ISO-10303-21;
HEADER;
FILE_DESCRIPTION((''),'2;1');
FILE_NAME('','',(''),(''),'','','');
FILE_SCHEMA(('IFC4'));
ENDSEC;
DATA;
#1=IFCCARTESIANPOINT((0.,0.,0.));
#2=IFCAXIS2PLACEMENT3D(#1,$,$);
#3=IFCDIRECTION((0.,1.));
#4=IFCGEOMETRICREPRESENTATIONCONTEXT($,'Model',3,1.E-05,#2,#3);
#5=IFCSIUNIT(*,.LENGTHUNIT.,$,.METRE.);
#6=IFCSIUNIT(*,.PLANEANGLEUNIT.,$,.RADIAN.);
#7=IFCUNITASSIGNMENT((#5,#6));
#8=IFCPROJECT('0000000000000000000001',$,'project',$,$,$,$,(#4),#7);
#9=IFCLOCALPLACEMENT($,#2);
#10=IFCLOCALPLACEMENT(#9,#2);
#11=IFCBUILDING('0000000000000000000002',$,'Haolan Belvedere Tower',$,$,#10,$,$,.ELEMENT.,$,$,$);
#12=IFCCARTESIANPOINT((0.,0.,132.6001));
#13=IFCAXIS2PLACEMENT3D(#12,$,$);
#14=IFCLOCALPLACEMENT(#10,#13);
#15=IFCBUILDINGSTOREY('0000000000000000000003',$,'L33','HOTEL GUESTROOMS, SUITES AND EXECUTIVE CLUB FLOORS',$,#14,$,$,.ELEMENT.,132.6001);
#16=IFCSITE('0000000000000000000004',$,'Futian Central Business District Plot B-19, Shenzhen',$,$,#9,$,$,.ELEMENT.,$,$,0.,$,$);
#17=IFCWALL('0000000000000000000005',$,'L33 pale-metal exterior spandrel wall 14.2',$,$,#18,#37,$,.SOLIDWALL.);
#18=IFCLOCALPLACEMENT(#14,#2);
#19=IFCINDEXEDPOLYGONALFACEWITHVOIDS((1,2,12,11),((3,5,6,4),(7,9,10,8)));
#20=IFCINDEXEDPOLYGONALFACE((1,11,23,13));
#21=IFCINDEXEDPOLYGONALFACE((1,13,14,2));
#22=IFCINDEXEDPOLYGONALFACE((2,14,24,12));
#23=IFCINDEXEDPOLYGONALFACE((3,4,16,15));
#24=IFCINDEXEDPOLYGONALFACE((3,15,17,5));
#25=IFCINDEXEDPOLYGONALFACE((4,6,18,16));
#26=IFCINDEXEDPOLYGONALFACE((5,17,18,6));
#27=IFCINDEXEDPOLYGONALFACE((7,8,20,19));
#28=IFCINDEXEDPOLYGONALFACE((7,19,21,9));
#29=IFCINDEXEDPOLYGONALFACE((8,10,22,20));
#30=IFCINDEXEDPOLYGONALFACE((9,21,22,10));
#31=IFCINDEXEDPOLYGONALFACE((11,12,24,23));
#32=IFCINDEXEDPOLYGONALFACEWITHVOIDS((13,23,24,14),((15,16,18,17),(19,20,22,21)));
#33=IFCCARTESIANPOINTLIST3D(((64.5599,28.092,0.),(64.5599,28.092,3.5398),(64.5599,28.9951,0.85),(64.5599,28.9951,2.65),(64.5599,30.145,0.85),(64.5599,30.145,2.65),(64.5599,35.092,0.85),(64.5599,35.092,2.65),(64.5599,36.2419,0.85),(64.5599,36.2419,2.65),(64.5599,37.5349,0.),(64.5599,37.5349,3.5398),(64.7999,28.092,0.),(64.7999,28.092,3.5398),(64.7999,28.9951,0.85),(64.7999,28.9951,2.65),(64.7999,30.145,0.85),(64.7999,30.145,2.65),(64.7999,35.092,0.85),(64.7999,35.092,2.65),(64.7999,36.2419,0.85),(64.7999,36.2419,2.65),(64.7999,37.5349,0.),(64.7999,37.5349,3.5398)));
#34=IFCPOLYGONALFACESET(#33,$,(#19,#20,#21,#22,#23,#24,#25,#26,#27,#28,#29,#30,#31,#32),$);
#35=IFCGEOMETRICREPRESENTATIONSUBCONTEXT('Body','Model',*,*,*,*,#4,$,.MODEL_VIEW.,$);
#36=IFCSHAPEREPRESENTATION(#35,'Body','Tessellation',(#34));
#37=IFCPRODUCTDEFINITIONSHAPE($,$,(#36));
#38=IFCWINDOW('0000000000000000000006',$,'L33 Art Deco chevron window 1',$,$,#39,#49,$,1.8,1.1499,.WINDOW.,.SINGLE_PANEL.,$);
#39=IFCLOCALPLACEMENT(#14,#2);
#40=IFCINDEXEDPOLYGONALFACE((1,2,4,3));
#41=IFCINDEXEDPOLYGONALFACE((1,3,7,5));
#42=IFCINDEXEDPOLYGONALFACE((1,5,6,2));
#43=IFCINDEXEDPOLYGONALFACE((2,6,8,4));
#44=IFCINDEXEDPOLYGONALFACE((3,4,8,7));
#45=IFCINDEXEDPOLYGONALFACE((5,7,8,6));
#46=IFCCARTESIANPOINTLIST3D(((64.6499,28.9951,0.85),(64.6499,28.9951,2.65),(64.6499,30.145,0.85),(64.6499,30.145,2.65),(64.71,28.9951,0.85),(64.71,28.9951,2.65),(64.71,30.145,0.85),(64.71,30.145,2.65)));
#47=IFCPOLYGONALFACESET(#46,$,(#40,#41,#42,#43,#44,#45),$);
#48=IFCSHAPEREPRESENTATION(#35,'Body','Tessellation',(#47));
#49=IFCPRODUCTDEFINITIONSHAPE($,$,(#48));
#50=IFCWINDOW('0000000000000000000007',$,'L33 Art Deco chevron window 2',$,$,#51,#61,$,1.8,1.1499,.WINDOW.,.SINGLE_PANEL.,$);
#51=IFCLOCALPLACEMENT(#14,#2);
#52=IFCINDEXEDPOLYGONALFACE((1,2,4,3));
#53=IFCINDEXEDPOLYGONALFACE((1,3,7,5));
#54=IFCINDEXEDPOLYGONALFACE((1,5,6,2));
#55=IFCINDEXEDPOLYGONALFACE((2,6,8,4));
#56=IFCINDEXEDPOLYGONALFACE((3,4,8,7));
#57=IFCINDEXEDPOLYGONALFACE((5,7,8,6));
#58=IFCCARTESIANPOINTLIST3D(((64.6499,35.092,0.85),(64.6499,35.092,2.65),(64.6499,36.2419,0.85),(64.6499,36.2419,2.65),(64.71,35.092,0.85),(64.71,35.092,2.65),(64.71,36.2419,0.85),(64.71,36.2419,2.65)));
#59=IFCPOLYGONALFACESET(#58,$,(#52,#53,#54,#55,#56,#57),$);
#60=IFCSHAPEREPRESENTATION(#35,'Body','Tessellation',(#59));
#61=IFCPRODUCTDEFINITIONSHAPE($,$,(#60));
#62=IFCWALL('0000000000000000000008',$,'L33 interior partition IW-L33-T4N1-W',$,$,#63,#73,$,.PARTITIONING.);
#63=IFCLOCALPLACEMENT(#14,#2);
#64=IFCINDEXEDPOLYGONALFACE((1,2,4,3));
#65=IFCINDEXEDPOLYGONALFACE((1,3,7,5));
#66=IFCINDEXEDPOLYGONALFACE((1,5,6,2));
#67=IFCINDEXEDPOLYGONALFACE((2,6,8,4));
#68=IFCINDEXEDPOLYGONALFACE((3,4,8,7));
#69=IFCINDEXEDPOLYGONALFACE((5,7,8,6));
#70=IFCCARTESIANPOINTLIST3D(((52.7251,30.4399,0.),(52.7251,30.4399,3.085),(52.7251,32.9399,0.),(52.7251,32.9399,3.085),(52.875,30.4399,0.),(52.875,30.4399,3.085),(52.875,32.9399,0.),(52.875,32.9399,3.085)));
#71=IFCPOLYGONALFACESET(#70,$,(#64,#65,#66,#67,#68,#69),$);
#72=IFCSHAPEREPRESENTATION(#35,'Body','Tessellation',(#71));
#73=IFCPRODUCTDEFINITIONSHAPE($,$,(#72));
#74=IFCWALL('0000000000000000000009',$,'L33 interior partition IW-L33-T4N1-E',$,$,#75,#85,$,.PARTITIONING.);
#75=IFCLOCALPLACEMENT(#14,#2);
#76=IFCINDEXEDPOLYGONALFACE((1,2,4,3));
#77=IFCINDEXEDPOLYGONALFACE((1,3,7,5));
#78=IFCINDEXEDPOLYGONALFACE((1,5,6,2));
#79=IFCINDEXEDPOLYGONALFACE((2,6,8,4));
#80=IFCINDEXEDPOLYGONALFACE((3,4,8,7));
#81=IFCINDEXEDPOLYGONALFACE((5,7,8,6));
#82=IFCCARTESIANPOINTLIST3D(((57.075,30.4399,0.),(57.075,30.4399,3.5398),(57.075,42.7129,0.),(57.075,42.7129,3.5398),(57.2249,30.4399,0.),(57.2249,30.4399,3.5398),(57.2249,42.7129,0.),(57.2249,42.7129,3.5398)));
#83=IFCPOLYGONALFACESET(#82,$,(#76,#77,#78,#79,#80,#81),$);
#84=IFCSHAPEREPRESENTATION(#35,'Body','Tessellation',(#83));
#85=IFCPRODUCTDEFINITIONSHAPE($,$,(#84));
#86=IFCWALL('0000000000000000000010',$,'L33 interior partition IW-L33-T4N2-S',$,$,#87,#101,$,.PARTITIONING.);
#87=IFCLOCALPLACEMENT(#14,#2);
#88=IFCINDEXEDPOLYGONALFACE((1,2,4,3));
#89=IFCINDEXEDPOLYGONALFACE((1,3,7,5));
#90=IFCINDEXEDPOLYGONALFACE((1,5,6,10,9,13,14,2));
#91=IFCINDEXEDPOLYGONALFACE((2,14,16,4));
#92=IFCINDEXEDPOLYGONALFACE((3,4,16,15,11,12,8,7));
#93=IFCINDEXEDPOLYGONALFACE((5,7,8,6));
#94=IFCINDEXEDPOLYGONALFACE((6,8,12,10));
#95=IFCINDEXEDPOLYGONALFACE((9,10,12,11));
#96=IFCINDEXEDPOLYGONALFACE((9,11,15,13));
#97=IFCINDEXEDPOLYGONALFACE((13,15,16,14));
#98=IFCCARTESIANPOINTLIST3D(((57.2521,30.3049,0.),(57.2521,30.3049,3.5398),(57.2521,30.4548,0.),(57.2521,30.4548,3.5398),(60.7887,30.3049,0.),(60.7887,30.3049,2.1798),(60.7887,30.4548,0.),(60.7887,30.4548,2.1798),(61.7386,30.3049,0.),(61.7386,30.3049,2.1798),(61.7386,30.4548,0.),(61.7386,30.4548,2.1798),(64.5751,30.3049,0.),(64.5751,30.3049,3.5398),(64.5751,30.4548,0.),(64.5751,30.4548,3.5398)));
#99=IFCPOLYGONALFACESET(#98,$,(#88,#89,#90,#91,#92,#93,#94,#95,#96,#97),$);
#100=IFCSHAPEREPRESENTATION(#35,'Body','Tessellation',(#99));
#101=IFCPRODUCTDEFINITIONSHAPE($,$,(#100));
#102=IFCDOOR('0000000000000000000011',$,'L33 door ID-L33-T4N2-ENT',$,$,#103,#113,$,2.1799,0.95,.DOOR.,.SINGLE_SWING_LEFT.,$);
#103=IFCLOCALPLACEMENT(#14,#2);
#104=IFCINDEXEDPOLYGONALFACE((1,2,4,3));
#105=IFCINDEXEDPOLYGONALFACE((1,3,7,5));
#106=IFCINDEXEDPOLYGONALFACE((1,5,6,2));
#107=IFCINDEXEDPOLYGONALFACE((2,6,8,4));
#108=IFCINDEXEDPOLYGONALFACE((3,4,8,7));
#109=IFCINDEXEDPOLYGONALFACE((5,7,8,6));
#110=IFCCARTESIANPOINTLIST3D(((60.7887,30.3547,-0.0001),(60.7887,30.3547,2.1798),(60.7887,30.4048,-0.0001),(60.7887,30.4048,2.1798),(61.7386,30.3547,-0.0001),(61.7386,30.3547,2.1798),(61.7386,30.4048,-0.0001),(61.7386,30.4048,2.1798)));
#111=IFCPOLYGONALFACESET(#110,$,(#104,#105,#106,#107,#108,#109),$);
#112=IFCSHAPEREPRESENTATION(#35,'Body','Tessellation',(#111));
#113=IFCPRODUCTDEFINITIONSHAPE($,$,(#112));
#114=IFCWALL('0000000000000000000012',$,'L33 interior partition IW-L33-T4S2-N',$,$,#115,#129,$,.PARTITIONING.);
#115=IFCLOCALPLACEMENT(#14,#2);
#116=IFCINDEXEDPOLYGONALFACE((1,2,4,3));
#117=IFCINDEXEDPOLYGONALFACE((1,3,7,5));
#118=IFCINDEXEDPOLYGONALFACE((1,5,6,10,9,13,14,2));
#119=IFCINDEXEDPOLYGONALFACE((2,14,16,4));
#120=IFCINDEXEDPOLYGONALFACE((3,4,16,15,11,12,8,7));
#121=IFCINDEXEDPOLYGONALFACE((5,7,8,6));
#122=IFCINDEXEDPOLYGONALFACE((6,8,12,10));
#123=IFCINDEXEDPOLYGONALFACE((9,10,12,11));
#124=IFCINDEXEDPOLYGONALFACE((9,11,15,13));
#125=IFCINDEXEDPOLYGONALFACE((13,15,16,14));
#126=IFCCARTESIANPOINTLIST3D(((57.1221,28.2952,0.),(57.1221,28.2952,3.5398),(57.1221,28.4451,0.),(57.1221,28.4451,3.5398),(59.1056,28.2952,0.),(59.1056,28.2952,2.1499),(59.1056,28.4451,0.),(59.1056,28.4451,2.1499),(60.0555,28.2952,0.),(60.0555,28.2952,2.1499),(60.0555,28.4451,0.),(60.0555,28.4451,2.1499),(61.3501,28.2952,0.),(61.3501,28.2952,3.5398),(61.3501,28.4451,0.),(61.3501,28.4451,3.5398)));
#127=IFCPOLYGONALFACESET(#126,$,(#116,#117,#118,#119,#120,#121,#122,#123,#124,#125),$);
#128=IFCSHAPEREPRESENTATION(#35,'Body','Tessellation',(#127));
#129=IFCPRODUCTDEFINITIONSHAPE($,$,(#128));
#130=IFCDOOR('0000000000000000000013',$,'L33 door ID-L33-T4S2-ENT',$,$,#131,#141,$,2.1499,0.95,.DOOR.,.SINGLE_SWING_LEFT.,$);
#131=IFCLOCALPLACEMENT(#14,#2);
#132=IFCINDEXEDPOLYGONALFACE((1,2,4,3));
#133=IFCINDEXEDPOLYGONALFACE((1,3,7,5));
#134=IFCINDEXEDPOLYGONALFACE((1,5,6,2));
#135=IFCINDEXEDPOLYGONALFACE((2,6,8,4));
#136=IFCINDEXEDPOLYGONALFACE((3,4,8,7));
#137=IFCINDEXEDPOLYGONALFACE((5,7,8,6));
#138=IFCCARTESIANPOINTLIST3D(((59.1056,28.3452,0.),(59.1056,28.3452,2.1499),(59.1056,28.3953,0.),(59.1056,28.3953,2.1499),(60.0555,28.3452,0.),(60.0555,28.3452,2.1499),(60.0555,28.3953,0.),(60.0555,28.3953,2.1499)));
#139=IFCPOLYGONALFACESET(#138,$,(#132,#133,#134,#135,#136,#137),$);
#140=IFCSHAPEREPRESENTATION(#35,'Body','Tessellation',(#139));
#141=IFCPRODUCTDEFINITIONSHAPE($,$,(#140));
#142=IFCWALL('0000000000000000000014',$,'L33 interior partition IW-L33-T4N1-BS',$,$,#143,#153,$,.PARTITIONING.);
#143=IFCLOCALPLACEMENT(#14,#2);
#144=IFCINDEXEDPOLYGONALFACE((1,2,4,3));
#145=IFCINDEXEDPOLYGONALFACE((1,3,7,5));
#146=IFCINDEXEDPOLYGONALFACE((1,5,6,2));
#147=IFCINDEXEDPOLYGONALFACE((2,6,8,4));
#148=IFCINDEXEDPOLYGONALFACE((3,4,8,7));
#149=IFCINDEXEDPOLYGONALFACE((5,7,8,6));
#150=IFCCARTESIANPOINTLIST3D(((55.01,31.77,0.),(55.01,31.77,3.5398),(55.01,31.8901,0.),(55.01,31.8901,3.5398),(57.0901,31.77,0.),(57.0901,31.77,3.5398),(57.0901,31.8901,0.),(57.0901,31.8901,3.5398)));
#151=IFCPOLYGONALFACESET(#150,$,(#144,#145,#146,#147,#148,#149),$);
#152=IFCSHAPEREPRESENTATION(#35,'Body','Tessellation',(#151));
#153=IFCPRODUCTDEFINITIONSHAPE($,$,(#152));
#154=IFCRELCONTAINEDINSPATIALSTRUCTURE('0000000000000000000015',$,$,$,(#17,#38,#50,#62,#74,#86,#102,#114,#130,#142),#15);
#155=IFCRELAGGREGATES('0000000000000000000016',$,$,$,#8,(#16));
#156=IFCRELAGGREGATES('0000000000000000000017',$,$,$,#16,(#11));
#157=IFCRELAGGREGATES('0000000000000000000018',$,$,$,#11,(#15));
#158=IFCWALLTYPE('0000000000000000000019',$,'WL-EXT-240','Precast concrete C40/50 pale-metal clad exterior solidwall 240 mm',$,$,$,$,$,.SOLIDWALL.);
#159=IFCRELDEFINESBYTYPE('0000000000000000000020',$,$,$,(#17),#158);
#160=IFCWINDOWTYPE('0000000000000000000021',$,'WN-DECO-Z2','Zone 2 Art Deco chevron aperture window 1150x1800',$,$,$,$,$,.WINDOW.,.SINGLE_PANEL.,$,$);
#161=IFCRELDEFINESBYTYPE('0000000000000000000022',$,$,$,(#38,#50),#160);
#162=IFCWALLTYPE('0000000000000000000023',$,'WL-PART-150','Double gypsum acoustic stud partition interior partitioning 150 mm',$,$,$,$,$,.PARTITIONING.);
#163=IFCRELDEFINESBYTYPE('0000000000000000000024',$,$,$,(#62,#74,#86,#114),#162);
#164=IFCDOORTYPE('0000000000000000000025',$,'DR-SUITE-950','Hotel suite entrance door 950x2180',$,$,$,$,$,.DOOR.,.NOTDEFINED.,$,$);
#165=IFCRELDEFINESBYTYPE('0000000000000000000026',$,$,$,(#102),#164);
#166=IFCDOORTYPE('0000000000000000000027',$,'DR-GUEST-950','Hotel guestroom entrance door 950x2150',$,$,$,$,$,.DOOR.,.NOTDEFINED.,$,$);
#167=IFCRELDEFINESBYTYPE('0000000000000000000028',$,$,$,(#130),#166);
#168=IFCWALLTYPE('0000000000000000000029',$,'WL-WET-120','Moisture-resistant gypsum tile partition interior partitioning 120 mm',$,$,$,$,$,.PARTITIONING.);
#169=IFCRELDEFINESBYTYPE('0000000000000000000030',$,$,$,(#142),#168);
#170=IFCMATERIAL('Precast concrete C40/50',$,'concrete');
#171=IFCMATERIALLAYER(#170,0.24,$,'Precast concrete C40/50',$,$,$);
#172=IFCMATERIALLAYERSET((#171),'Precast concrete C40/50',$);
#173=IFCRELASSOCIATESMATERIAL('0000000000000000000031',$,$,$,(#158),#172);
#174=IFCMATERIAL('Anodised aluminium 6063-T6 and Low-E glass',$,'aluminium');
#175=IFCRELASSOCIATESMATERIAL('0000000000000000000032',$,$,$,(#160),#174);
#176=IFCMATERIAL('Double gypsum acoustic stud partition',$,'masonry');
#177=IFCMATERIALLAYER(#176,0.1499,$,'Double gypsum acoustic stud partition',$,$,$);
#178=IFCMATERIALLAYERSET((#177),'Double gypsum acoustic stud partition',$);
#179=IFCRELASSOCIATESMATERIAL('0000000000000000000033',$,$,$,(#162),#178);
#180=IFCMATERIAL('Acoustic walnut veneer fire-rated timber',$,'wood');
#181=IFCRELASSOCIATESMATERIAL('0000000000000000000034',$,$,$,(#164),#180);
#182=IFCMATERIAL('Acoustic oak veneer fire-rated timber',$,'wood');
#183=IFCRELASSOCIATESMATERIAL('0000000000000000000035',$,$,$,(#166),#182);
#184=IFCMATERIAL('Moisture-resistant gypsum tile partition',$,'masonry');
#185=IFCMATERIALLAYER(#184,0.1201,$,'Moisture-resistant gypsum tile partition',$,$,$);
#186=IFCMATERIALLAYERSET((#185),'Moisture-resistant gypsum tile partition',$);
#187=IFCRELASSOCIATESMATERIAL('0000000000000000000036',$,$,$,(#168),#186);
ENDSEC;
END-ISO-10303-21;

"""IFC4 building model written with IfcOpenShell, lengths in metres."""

from ifc_helpers import new_model, si_unit, direction, frame, frame_2d, origin, place, context, subcontext, project, spatial, rectangle, extrude, material, layer, layer_set, type_object, element, fill, save


model = new_model("IFC4")

# Units and contexts
model_context = context("Model", 3, precision=1e-05, world=origin(), true_north=direction((0.0, 1.0)))
body_context = subcontext(model_context, "Body", "Model", "MODEL_VIEW")
ifc_project = project(units=[si_unit("LENGTHUNIT", "METRE"), si_unit("PLANEANGLEUNIT", "RADIAN")], contexts=[model_context])

# Site, building, storey
site_placement = place(None, origin())
site = spatial("IfcSite", under=ifc_project, at=site_placement, Name="Futian Central Business District Plot B-19, Shenzhen", CompositionType="ELEMENT", RefElevation=0.0)
building_placement = place(site_placement, origin())
building = spatial("IfcBuilding", under=site, at=building_placement, Name="Haolan Belvedere Tower", CompositionType="ELEMENT")
storey_placement = place(building_placement, frame((0.0, 0.0, 132.6001)))
storey = spatial("IfcBuildingStorey", under=building, at=storey_placement, Name="L33", Description="HOTEL GUESTROOMS, SUITES AND EXECUTIVE CLUB FLOORS", CompositionType="ELEMENT", Elevation=132.6001)

# Wall, openings, windows
ifc_material_1 = material(Name="Precast concrete C40/50", Category="concrete")
ifc_layer_1 = layer(ifc_material_1, 0.24, Name="Precast concrete C40/50")
ifc_layer_set_1 = layer_set([ifc_layer_1], Name="Precast concrete C40/50")
wall_type_1 = type_object("IfcWallType", Name="WL-EXT-240", Description="Precast concrete C40/50 pale-metal clad exterior solidwall 240 mm", PredefinedType="SOLIDWALL", material=ifc_layer_set_1)
wall_1_placement = place(storey_placement, frame((64.6799, 28.092, 0.0), z_axis=(0.0, 0.0, 1.0), x_axis=(0.0, 1.0, 0.0)))
wall_1 = element("IfcWall", 1, at=wall_1_placement, inside=storey, type_object=wall_type_1, Name="L33 pale-metal exterior spandrel wall 14.2", PredefinedType="SOLIDWALL", context=body_context, shape_type="SweptSolid", body=[
    extrude(rectangle(XDim=9.4429, YDim=0.24, at=frame_2d((4.7214, 0.0))), origin(), (0.0, 0.0, 1.0), 3.5398),
])
opening_1_placement = place(wall_1_placement, frame((0.9031, 0.0, 0.8501)))
opening_1 = element("IfcOpeningElement", 2, at=opening_1_placement, cuts=wall_1, PredefinedType="OPENING", context=body_context, shape_type="SweptSolid", body=[
    extrude(rectangle(XDim=1.1499, YDim=1.8, at=frame_2d((0.575, 0.8999))), frame((0.0, 0.1299, 0.0), z_axis=(0.0, -1.0, 0.0), x_axis=(1.0, 0.0, 0.0)), (0.0, 0.0, 1.0), 0.26),
])
opening_2_placement = place(wall_1_placement, frame((7.0, 0.0, 0.8501)))
opening_2 = element("IfcOpeningElement", 3, at=opening_2_placement, cuts=wall_1, PredefinedType="OPENING", context=body_context, shape_type="SweptSolid", body=[
    extrude(rectangle(XDim=1.1499, YDim=1.8, at=frame_2d((0.575, 0.8999))), frame((0.0, 0.1299, 0.0), z_axis=(0.0, -1.0, 0.0), x_axis=(1.0, 0.0, 0.0)), (0.0, 0.0, 1.0), 0.26),
])
ifc_material_2 = material(Name="Anodised aluminium 6063-T6 and Low-E glass", Category="aluminium")
window_type = type_object("IfcWindowType", Name="WN-DECO-Z2", Description="Zone 2 Art Deco chevron aperture window 1150x1800", PartitioningType="SINGLE_PANEL", PredefinedType="WINDOW", material=ifc_material_2)
window_1_placement = place(opening_1_placement, origin())
window_1 = element("IfcWindow", 4, at=window_1_placement, inside=storey, type_object=window_type, Name="L33 Art Deco chevron window 1", OverallHeight=1.8, OverallWidth=1.1499, PartitioningType="SINGLE_PANEL", PredefinedType="WINDOW", context=body_context, shape_type="SweptSolid", body=[
    extrude(rectangle(XDim=1.1499, YDim=1.8, at=frame_2d((0.575, 0.8999))), frame((0.0, 0.03, 0.0), z_axis=(0.0, -1.0, 0.0), x_axis=(1.0, 0.0, 0.0)), (0.0, 0.0, 1.0), 0.0601),
])
fill(opening_1, window_1)
window_2_placement = place(opening_2_placement, origin())
window_2 = element("IfcWindow", 5, at=window_2_placement, inside=storey, type_object=window_type, Name="L33 Art Deco chevron window 2", OverallHeight=1.8, OverallWidth=1.1499, PartitioningType="SINGLE_PANEL", PredefinedType="WINDOW", context=body_context, shape_type="SweptSolid", body=[
    extrude(rectangle(XDim=1.1499, YDim=1.8, at=frame_2d((0.575, 0.8999))), frame((0.0, 0.03, 0.0), z_axis=(0.0, -1.0, 0.0), x_axis=(1.0, 0.0, 0.0)), (0.0, 0.0, 1.0), 0.0601),
])
fill(opening_2, window_2)

# Walls
ifc_material_3 = material(Name="Double gypsum acoustic stud partition", Category="masonry")
ifc_layer_2 = layer(ifc_material_3, 0.1499, Name="Double gypsum acoustic stud partition")
ifc_layer_set_2 = layer_set([ifc_layer_2], Name="Double gypsum acoustic stud partition")
wall_type_2 = type_object("IfcWallType", Name="WL-PART-150", Description="Double gypsum acoustic stud partition interior partitioning 150 mm", PredefinedType="PARTITIONING", material=ifc_layer_set_2)
wall_2_placement = place(storey_placement, frame((52.8, 30.4399, 0.0), z_axis=(0.0, 0.0, 1.0), x_axis=(0.0, 1.0, 0.0)))
element("IfcWall", 6, at=wall_2_placement, inside=storey, type_object=wall_type_2, Name="L33 interior partition IW-L33-T4N1-W", PredefinedType="PARTITIONING", context=body_context, shape_type="SweptSolid", body=[
    extrude(rectangle(XDim=2.5, YDim=0.1499, at=frame_2d((1.25, 0.0))), origin(), (0.0, 0.0, 1.0), 3.085),
])
wall_3_placement = place(storey_placement, frame((57.1499, 30.4399, 0.0), z_axis=(0.0, 0.0, 1.0), x_axis=(0.0, 1.0, 0.0)))
element("IfcWall", 7, at=wall_3_placement, inside=storey, type_object=wall_type_2, Name="L33 interior partition IW-L33-T4N1-E", PredefinedType="PARTITIONING", context=body_context, shape_type="SweptSolid", body=[
    extrude(rectangle(XDim=12.2729, YDim=0.1499, at=frame_2d((6.1365, 0.0))), origin(), (0.0, 0.0, 1.0), 3.5398),
])

# Walls, openings, doors
wall_4_placement = place(storey_placement, frame((57.252, 30.3799, 0.0), z_axis=(0.0, 0.0, 1.0), x_axis=(1.0, 0.0, 0.0)))
wall_4 = element("IfcWall", 8, at=wall_4_placement, inside=storey, type_object=wall_type_2, Name="L33 interior partition IW-L33-T4N2-S", PredefinedType="PARTITIONING", context=body_context, shape_type="SweptSolid", body=[
    extrude(rectangle(XDim=7.323, YDim=0.1499, at=frame_2d((3.6616, 0.0))), origin(), (0.0, 0.0, 1.0), 3.5398),
])
opening_3_placement = place(wall_4_placement, frame((3.5366, 0.0, 0.0)))
opening_3 = element("IfcOpeningElement", 9, at=opening_3_placement, cuts=wall_4, PredefinedType="OPENING", context=body_context, shape_type="SweptSolid", body=[
    extrude(rectangle(XDim=0.95, YDim=2.1799, at=frame_2d((0.4751, 1.0898))), frame((0.0, 0.085, 0.0), z_axis=(0.0, -1.0, 0.0), x_axis=(1.0, 0.0, 0.0)), (0.0, 0.0, 1.0), 0.1699),
])
ifc_material_4 = material(Name="Acoustic walnut veneer fire-rated timber", Category="wood")
door_type_1 = type_object("IfcDoorType", Name="DR-SUITE-950", Description="Hotel suite entrance door 950x2180", OperationType="NOTDEFINED", PredefinedType="DOOR", material=ifc_material_4)
door_1_placement = place(opening_3_placement, origin())
door_1 = element("IfcDoor", 10, at=door_1_placement, inside=storey, type_object=door_type_1, Name="L33 door ID-L33-T4N2-ENT", OperationType="SINGLE_SWING_LEFT", OverallHeight=2.1799, OverallWidth=0.95, PredefinedType="DOOR", context=body_context, shape_type="SweptSolid", body=[
    extrude(rectangle(XDim=0.95, YDim=2.1799, at=frame_2d((0.4751, 1.0898))), frame((0.0, 0.0249, 0.0), z_axis=(0.0, -1.0, 0.0), x_axis=(1.0, 0.0, 0.0)), (0.0, 0.0, 1.0), 0.05),
])
fill(opening_3, door_1)
wall_5_placement = place(storey_placement, frame((57.1221, 28.3701, 0.0), z_axis=(0.0, 0.0, 1.0), x_axis=(1.0, 0.0, 0.0)))
wall_5 = element("IfcWall", 11, at=wall_5_placement, inside=storey, type_object=wall_type_2, Name="L33 interior partition IW-L33-T4S2-N", PredefinedType="PARTITIONING", context=body_context, shape_type="SweptSolid", body=[
    extrude(rectangle(XDim=4.228, YDim=0.1499, at=frame_2d((2.114, 0.0))), origin(), (0.0, 0.0, 1.0), 3.5398),
])
opening_4_placement = place(wall_5_placement, frame((2.9336, 0.0, 0.0), z_axis=(0.0, 0.0, 1.0), x_axis=(-1.0, 0.0, 0.0)))
opening_4 = element("IfcOpeningElement", 12, at=opening_4_placement, cuts=wall_5, PredefinedType="OPENING", context=body_context, shape_type="SweptSolid", body=[
    extrude(rectangle(XDim=0.95, YDim=2.1499, at=frame_2d((0.4751, 1.075))), frame((0.0, 0.085, 0.0), z_axis=(0.0, -1.0, 0.0), x_axis=(1.0, 0.0, 0.0)), (0.0, 0.0, 1.0), 0.1699),
])
ifc_material_5 = material(Name="Acoustic oak veneer fire-rated timber", Category="wood")
door_type_2 = type_object("IfcDoorType", Name="DR-GUEST-950", Description="Hotel guestroom entrance door 950x2150", OperationType="NOTDEFINED", PredefinedType="DOOR", material=ifc_material_5)
door_2_placement = place(opening_4_placement, origin())
door_2 = element("IfcDoor", 13, at=door_2_placement, inside=storey, type_object=door_type_2, Name="L33 door ID-L33-T4S2-ENT", OperationType="SINGLE_SWING_LEFT", OverallHeight=2.1499, OverallWidth=0.95, PredefinedType="DOOR", context=body_context, shape_type="SweptSolid", body=[
    extrude(rectangle(XDim=0.95, YDim=2.1499, at=frame_2d((0.4751, 1.075))), frame((0.0, 0.0249, 0.0), z_axis=(0.0, -1.0, 0.0), x_axis=(1.0, 0.0, 0.0)), (0.0, 0.0, 1.0), 0.05),
])
fill(opening_4, door_2)

# Wall
ifc_material_6 = material(Name="Moisture-resistant gypsum tile partition", Category="masonry")
ifc_layer_3 = layer(ifc_material_6, 0.1201, Name="Moisture-resistant gypsum tile partition")
ifc_layer_set_3 = layer_set([ifc_layer_3], Name="Moisture-resistant gypsum tile partition")
wall_type_3 = type_object("IfcWallType", Name="WL-WET-120", Description="Moisture-resistant gypsum tile partition interior partitioning 120 mm", PredefinedType="PARTITIONING", material=ifc_layer_set_3)
wall_6_placement = place(storey_placement, frame((55.01, 31.8301, 0.0), z_axis=(0.0, 0.0, 1.0), x_axis=(1.0, 0.0, 0.0)))
element("IfcWall", 14, at=wall_6_placement, inside=storey, type_object=wall_type_3, Name="L33 interior partition IW-L33-T4N1-BS", PredefinedType="PARTITIONING", context=body_context, shape_type="SweptSolid", body=[
    extrude(rectangle(XDim=2.0801, YDim=0.1201, at=frame_2d((1.04, 0.0))), origin(), (0.0, 0.0, 1.0), 3.5398),
])

save(model, "model.ifc")
